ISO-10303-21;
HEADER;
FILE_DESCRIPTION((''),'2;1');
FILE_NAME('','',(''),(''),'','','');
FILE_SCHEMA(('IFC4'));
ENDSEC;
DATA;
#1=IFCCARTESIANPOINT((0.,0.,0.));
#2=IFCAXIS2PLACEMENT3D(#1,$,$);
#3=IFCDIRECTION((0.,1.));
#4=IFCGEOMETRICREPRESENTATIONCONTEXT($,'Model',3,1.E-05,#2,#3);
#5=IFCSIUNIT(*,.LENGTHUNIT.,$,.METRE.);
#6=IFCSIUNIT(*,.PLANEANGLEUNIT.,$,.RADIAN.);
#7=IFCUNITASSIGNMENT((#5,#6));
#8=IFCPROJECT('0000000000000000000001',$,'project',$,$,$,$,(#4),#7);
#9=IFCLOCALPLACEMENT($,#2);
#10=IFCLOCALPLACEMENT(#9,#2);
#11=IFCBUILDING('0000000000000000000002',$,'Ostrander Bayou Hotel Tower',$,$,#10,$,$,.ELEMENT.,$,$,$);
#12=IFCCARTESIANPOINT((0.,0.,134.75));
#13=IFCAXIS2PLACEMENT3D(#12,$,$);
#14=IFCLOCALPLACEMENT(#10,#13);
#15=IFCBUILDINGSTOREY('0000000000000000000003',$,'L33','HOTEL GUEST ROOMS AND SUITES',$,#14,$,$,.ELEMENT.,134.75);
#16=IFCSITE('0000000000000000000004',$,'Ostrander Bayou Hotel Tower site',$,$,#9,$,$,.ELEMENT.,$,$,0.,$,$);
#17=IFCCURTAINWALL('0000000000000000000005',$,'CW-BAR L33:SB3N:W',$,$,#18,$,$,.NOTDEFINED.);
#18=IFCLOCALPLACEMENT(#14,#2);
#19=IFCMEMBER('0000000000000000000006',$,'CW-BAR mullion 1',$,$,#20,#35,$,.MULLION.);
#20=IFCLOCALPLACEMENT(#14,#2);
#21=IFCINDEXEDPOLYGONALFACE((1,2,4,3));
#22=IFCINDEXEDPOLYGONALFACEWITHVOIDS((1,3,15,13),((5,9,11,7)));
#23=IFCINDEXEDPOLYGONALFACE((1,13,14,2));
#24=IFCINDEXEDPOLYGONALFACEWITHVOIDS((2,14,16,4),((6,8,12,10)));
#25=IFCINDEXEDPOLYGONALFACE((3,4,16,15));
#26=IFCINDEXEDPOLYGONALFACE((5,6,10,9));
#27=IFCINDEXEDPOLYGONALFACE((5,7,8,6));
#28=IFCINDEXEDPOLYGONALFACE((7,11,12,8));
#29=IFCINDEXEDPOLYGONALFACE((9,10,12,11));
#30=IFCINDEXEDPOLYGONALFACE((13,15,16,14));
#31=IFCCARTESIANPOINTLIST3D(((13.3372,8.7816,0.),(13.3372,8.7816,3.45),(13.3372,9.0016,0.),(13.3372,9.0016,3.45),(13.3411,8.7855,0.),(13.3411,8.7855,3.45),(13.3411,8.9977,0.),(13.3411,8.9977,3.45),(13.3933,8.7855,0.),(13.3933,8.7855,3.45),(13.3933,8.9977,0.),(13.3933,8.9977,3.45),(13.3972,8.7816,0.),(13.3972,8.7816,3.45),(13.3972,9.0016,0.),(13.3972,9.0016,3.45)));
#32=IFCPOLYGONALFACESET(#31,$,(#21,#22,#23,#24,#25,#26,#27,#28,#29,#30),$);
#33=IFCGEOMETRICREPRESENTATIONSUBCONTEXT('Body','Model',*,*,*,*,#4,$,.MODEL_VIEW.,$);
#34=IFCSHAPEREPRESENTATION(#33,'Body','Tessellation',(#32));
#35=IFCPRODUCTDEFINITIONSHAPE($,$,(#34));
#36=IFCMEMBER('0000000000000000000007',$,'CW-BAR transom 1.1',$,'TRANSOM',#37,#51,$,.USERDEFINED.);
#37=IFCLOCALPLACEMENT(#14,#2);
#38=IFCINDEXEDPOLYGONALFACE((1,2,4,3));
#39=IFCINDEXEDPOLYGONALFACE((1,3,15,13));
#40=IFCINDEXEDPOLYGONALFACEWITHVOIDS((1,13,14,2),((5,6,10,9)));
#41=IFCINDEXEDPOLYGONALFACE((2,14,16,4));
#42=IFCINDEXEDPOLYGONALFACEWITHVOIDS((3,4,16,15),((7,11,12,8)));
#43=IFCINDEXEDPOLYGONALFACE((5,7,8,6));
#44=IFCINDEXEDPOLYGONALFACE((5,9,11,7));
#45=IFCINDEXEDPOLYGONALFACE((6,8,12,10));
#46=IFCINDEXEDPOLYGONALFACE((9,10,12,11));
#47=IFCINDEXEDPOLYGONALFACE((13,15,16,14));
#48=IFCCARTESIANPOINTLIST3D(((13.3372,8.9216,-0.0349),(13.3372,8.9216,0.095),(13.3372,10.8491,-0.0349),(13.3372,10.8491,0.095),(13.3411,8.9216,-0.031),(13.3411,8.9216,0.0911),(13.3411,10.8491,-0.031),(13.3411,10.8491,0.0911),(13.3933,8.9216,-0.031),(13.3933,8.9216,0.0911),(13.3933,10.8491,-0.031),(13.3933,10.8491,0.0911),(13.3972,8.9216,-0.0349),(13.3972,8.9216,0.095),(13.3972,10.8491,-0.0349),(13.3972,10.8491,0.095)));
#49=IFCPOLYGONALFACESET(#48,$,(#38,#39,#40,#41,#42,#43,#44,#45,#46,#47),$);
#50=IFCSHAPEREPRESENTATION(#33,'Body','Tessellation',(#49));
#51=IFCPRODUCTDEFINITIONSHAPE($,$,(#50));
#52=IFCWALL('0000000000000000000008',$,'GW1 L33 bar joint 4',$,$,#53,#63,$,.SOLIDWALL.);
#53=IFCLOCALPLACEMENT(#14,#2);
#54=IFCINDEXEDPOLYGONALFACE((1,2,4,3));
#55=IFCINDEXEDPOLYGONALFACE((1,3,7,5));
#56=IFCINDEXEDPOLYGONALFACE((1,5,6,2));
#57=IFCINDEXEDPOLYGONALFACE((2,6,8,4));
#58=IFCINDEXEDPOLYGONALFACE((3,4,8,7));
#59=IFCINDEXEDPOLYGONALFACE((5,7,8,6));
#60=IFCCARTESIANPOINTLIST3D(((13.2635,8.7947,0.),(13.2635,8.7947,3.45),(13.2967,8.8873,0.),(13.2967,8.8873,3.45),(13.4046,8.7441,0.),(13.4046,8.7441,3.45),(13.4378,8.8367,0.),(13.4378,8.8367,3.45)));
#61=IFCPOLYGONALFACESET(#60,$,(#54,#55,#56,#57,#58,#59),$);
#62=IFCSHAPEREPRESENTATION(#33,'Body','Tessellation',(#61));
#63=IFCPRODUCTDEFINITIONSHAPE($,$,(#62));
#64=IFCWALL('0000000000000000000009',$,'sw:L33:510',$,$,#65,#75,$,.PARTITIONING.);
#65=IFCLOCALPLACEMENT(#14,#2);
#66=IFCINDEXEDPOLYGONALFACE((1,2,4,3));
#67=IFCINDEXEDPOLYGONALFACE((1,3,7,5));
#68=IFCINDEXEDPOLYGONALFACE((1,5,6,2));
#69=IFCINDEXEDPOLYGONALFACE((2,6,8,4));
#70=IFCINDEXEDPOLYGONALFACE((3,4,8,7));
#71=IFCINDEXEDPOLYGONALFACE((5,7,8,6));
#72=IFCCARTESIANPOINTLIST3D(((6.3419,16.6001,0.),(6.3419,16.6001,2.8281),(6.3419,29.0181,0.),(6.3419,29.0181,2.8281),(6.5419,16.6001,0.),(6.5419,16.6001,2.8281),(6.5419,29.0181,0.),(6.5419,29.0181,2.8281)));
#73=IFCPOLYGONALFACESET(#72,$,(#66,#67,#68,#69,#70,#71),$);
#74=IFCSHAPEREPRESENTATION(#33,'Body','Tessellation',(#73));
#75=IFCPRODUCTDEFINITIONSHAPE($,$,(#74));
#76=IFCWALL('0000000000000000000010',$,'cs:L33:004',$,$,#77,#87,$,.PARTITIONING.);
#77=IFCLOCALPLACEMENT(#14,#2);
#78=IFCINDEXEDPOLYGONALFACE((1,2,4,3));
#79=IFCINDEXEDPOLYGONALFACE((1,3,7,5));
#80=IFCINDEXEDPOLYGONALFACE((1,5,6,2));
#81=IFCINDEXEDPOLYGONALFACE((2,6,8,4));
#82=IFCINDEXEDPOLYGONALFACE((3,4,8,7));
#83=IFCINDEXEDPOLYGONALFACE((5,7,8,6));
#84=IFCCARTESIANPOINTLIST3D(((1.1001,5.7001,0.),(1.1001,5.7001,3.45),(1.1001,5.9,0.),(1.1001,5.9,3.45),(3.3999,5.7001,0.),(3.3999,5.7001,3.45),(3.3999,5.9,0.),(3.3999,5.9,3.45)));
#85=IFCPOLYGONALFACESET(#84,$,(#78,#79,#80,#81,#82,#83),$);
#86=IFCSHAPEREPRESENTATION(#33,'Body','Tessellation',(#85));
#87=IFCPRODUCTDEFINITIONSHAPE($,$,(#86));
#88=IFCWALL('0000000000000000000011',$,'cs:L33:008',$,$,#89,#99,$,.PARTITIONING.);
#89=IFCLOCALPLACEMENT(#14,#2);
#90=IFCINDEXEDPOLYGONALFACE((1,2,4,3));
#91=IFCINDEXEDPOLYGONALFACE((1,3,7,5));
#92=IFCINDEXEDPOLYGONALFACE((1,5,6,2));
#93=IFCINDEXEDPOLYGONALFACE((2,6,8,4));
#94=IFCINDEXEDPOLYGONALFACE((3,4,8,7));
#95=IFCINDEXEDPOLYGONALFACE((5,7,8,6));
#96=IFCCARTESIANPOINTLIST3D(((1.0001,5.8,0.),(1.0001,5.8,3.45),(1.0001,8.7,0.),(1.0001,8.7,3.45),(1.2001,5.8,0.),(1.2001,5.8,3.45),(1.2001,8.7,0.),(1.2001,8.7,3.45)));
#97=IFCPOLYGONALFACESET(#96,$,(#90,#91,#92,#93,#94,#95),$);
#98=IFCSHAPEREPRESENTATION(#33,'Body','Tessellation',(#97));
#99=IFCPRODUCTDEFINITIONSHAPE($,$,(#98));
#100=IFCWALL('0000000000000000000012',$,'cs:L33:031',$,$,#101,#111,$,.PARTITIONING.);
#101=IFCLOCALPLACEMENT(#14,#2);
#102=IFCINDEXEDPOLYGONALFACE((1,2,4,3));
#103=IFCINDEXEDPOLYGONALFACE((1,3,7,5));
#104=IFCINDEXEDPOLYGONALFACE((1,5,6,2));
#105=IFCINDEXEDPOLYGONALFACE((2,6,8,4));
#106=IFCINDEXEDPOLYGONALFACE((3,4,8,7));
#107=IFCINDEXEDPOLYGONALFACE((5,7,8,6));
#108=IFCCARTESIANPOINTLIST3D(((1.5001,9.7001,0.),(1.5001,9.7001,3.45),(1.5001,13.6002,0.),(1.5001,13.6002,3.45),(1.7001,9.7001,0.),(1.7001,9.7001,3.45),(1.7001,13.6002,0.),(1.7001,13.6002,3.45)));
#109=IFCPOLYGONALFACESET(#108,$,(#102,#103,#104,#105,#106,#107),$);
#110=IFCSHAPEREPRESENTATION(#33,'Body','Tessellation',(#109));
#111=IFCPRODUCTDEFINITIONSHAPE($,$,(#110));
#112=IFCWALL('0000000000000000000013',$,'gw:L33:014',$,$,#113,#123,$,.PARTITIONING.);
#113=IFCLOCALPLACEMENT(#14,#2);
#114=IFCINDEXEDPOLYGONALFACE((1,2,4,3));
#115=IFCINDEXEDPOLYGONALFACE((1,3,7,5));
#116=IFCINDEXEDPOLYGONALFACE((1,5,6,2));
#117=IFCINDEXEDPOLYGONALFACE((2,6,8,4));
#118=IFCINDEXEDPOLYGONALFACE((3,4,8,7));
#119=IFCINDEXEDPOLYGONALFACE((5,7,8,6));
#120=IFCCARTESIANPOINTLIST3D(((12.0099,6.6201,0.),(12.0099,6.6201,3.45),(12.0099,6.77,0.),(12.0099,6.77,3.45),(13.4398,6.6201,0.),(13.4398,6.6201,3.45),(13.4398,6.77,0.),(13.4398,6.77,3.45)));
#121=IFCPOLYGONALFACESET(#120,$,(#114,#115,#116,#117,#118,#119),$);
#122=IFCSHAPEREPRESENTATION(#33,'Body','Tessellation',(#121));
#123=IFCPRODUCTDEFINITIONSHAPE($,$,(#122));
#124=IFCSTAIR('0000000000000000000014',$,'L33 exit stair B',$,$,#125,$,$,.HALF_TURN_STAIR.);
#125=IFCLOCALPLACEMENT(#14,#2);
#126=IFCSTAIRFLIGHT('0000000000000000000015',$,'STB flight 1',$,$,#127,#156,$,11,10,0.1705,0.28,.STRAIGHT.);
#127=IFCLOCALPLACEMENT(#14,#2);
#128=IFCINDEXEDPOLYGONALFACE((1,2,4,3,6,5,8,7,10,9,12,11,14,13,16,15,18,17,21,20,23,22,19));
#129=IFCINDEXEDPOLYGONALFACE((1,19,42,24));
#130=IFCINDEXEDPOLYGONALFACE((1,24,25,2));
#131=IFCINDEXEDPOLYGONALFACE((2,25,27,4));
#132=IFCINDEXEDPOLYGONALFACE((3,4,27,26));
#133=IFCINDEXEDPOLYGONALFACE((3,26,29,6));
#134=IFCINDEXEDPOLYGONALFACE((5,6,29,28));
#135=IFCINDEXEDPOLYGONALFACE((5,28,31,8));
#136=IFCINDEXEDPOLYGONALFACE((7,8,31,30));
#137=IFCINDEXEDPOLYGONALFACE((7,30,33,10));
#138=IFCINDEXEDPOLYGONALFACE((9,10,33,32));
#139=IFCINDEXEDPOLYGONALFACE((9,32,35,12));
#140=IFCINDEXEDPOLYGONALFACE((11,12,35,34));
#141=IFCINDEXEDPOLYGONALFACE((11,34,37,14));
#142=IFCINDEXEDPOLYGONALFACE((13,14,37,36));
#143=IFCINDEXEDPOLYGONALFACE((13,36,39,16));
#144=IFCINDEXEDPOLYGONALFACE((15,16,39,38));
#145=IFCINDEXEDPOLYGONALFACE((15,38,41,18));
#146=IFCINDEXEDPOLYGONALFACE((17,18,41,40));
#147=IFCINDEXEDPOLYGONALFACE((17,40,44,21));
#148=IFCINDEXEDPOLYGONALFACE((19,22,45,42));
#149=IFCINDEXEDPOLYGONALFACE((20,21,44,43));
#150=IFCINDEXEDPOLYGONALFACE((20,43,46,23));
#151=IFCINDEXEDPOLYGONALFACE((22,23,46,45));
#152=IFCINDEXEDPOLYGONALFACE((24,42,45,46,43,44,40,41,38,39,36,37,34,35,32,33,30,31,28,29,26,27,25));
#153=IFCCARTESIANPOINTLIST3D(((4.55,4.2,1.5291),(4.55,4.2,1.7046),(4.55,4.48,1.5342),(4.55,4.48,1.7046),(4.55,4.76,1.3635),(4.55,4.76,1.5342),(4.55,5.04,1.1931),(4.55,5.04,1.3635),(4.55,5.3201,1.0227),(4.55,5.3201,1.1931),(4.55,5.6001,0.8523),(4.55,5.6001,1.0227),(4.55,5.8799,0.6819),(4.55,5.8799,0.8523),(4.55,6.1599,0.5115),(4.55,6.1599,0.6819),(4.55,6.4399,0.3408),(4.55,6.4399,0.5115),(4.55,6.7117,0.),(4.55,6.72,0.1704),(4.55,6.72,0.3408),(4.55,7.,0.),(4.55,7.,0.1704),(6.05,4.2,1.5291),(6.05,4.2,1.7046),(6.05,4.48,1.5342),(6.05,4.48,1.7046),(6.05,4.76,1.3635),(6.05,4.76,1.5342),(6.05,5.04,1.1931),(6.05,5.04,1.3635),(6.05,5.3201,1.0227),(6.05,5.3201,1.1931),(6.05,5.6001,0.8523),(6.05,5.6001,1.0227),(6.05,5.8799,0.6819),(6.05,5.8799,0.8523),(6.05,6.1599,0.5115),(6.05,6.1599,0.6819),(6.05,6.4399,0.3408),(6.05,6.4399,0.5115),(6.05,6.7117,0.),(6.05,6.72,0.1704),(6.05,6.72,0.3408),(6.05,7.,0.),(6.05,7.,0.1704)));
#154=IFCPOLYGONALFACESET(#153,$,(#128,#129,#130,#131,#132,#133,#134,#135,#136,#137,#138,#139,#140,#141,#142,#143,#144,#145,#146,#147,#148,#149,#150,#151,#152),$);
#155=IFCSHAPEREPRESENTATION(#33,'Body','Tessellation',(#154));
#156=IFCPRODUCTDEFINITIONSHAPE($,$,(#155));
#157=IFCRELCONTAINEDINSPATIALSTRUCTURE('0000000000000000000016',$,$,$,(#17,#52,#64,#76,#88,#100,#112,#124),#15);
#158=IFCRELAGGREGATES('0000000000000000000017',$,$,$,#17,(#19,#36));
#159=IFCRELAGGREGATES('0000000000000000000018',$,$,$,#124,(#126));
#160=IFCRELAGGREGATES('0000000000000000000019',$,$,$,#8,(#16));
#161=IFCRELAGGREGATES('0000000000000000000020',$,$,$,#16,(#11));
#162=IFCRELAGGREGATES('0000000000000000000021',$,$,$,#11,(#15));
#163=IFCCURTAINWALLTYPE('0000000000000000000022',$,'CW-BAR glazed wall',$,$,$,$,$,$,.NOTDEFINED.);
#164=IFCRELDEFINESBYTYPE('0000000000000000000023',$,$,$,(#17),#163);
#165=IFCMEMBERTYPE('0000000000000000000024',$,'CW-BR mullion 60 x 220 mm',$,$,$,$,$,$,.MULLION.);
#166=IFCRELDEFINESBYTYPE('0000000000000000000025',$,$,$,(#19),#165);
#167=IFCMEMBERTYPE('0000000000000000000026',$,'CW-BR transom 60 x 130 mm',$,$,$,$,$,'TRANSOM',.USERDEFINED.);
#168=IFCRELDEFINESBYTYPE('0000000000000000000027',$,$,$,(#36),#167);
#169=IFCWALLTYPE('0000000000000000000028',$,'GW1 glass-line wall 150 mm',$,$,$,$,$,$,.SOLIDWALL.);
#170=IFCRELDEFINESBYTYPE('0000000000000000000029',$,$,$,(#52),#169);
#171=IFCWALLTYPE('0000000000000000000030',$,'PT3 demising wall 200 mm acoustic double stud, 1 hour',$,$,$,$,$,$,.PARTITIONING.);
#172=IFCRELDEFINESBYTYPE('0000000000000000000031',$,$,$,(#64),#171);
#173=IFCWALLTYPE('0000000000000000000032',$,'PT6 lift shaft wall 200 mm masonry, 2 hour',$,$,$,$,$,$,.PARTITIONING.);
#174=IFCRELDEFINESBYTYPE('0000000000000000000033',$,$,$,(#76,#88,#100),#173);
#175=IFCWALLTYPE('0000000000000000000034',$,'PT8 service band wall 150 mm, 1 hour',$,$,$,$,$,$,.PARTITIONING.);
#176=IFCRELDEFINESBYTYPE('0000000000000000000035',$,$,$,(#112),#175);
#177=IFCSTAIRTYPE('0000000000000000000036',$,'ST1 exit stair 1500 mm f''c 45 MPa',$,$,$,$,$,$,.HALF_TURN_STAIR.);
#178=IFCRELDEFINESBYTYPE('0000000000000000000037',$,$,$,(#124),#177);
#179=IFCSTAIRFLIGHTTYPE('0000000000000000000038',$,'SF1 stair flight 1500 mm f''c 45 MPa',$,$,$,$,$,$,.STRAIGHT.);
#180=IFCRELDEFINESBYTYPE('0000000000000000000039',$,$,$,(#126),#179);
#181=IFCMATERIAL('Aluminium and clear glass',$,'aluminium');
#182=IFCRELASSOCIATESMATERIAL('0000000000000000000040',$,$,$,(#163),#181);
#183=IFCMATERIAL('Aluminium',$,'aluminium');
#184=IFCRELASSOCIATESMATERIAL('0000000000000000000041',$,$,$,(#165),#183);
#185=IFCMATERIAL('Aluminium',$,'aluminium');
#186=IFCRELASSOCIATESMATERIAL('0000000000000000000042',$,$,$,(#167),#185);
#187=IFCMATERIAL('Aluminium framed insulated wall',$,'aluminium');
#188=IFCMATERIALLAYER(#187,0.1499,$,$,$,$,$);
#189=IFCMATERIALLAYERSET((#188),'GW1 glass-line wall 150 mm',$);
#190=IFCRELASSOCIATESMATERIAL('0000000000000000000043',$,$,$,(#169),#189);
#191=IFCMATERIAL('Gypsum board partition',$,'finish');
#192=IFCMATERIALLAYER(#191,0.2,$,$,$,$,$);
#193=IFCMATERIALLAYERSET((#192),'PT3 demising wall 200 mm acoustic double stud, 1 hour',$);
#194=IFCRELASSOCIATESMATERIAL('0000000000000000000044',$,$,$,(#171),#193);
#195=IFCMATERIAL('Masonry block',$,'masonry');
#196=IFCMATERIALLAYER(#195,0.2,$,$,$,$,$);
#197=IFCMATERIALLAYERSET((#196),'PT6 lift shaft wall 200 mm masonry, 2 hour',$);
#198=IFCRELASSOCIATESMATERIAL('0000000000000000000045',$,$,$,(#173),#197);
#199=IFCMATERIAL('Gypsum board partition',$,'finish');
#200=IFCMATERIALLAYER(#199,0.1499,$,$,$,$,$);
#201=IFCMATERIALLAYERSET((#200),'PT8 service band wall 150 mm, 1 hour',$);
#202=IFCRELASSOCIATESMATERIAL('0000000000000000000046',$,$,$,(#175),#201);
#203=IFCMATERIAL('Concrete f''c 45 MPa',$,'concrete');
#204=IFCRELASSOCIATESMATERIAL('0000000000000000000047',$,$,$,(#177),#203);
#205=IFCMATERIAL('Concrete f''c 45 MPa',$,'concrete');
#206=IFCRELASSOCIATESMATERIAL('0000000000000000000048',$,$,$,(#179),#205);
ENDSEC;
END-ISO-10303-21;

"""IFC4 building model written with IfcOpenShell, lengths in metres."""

from ifc_helpers import new_model, si_unit, direction, frame, frame_2d, origin, origin_2d, place, context, subcontext, project, spatial, polyline, rectangle, hollow_rectangle, outline, extrude, material, layer, layer_set, material_profile, profile_set, type_object, element, aggregate, save


model = new_model("IFC4")

# Units and contexts
model_context = context("Model", 3, precision=1e-05, world=origin(), true_north=direction((0.0, 1.0)))
body_context = subcontext(model_context, "Body", "Model", "MODEL_VIEW")
ifc_project = project(units=[si_unit("LENGTHUNIT", "METRE"), si_unit("PLANEANGLEUNIT", "RADIAN")], contexts=[model_context])

# Site, building, storey
site_placement = place(None, origin())
site = spatial("IfcSite", under=ifc_project, at=site_placement, Name="Ostrander Bayou Hotel Tower site", CompositionType="ELEMENT", RefElevation=0.0)
building_placement = place(site_placement, origin())
building = spatial("IfcBuilding", under=site, at=building_placement, Name="Ostrander Bayou Hotel Tower", CompositionType="ELEMENT")
storey_placement = place(building_placement, frame((0.0, 0.0, 134.75)))
storey = spatial("IfcBuildingStorey", under=building, at=storey_placement, Name="L33", Description="HOTEL GUEST ROOMS AND SUITES", CompositionType="ELEMENT", Elevation=134.75)

# Curtain wall, members
ifc_material_1 = material(Name="Aluminium and clear glass", Category="aluminium")
curtain_wall_type = type_object("IfcCurtainWallType", Name="CW-BAR glazed wall", PredefinedType="NOTDEFINED", material=ifc_material_1)
curtain_wall_placement = place(storey_placement, origin())
curtain_wall = element("IfcCurtainWall", 1, at=curtain_wall_placement, inside=storey, type_object=curtain_wall_type, Name="CW-BAR L33:SB3N:W", PredefinedType="NOTDEFINED")
ifc_material_2 = material(Name="Aluminium", Category="aluminium")
ifc_material_profile_1 = material_profile(ifc_material_2, hollow_rectangle(XDim=0.0601, YDim=0.22, WallThickness=0.0039, at=origin_2d()))
ifc_profile_set_1 = profile_set([ifc_material_profile_1], Name="Aluminium")
member_type_1 = type_object("IfcMemberType", Name="CW-BR mullion 60 x 220 mm", PredefinedType="MULLION", material=ifc_profile_set_1)
member_1_placement = place(storey_placement, frame((13.3672, 8.8916, 0.0), z_axis=(0.0, 0.0, 1.0), x_axis=(-1.0, 0.0, 0.0)))
member_1 = element("IfcMember", 2, at=member_1_placement, type_object=member_type_1, Name="CW-BAR mullion 1", PredefinedType="MULLION", context=body_context, shape_type="SweptSolid", body=[
    extrude(hollow_rectangle(XDim=0.0601, YDim=0.22, WallThickness=0.0039, at=origin_2d()), origin(), (0.0, 0.0, 1.0), 3.45),
])
ifc_material_3 = material(Name="Aluminium", Category="aluminium")
ifc_material_profile_2 = material_profile(ifc_material_3, hollow_rectangle(XDim=0.0601, YDim=0.1299, WallThickness=0.0039, at=origin_2d()))
ifc_profile_set_2 = profile_set([ifc_material_profile_2], Name="Aluminium")
member_type_2 = type_object("IfcMemberType", Name="CW-BR transom 60 x 130 mm", ElementType="TRANSOM", PredefinedType="USERDEFINED", material=ifc_profile_set_2)
member_2_placement = place(storey_placement, frame((13.3672, 8.9216, 0.03), z_axis=(0.0, 1.0, 0.0), x_axis=(-1.0, 0.0, 0.0)))
member_2 = element("IfcMember", 3, at=member_2_placement, type_object=member_type_2, Name="CW-BAR transom 1.1", ObjectType="TRANSOM", PredefinedType="USERDEFINED", context=body_context, shape_type="SweptSolid", body=[
    extrude(hollow_rectangle(XDim=0.0601, YDim=0.1299, WallThickness=0.0039, at=origin_2d()), origin(), (0.0, 0.0, 1.0), 1.9275),
])
aggregate(curtain_wall, [member_1, member_2])

# Walls
ifc_material_4 = material(Name="Aluminium framed insulated wall", Category="aluminium")
ifc_layer_1 = layer(ifc_material_4, 0.1499)
ifc_layer_set_1 = layer_set([ifc_layer_1], Name="GW1 glass-line wall 150 mm")
wall_type_1 = type_object("IfcWallType", Name="GW1 glass-line wall 150 mm", PredefinedType="SOLIDWALL", material=ifc_layer_set_1)
wall_1_placement = place(storey_placement, frame((13.334, 8.7693, 0.0), z_axis=(0.0, 0.0, 1.0), x_axis=(0.337752, 0.941235, 0.0)))
element("IfcWall", 4, at=wall_1_placement, inside=storey, type_object=wall_type_1, Name="GW1 L33 bar joint 4", PredefinedType="SOLIDWALL", context=body_context, shape_type="SweptSolid", body=[
    extrude(rectangle(XDim=0.0984, YDim=0.1499, at=frame_2d((0.0493, 0.0))), origin(), (0.0, 0.0, 1.0), 3.45),
])
ifc_material_5 = material(Name="Gypsum board partition", Category="finish")
ifc_layer_2 = layer(ifc_material_5, 0.2)
ifc_layer_set_2 = layer_set([ifc_layer_2], Name="PT3 demising wall 200 mm acoustic double stud, 1 hour")
wall_type_2 = type_object("IfcWallType", Name="PT3 demising wall 200 mm acoustic double stud, 1 hour", PredefinedType="PARTITIONING", material=ifc_layer_set_2)
wall_2_placement = place(storey_placement, frame((6.4419, 16.6001, 0.0), z_axis=(0.0, 0.0, 1.0), x_axis=(0.0, 1.0, 0.0)))
element("IfcWall", 5, at=wall_2_placement, inside=storey, type_object=wall_type_2, Name="sw:L33:510", PredefinedType="PARTITIONING", context=body_context, shape_type="SweptSolid", body=[
    extrude(rectangle(XDim=12.418, YDim=0.2, at=frame_2d((6.209, 0.0))), origin(), (0.0, 0.0, 1.0), 2.8281),
])

# Walls
ifc_material_6 = material(Name="Masonry block", Category="masonry")
ifc_layer_3 = layer(ifc_material_6, 0.2)
ifc_layer_set_3 = layer_set([ifc_layer_3], Name="PT6 lift shaft wall 200 mm masonry, 2 hour")
wall_type_3 = type_object("IfcWallType", Name="PT6 lift shaft wall 200 mm masonry, 2 hour", PredefinedType="PARTITIONING", material=ifc_layer_set_3)
wall_3_placement = place(storey_placement, frame((1.1001, 5.8, 0.0), z_axis=(0.0, 0.0, 1.0), x_axis=(1.0, 0.0, 0.0)))
element("IfcWall", 6, at=wall_3_placement, inside=storey, type_object=wall_type_3, Name="cs:L33:004", PredefinedType="PARTITIONING", context=body_context, shape_type="SweptSolid", body=[
    extrude(rectangle(XDim=2.2998, YDim=0.2, at=frame_2d((1.1499, 0.0))), origin(), (0.0, 0.0, 1.0), 3.45),
])
wall_4_placement = place(storey_placement, frame((1.1001, 5.8, 0.0), z_axis=(0.0, 0.0, 1.0), x_axis=(0.0, 1.0, 0.0)))
element("IfcWall", 7, at=wall_4_placement, inside=storey, type_object=wall_type_3, Name="cs:L33:008", PredefinedType="PARTITIONING", context=body_context, shape_type="SweptSolid", body=[
    extrude(rectangle(XDim=2.8999, YDim=0.2, at=frame_2d((1.45, 0.0))), origin(), (0.0, 0.0, 1.0), 3.45),
])
wall_5_placement = place(storey_placement, frame((1.6001, 9.7, 0.0), z_axis=(0.0, 0.0, 1.0), x_axis=(0.0, 1.0, 0.0)))
element("IfcWall", 8, at=wall_5_placement, inside=storey, type_object=wall_type_3, Name="cs:L33:031", PredefinedType="PARTITIONING", context=body_context, shape_type="SweptSolid", body=[
    extrude(rectangle(XDim=3.9001, YDim=0.2, at=frame_2d((1.9502, 0.0))), origin(), (0.0, 0.0, 1.0), 3.45),
])
ifc_material_7 = material(Name="Gypsum board partition", Category="finish")
ifc_layer_4 = layer(ifc_material_7, 0.1499)
ifc_layer_set_4 = layer_set([ifc_layer_4], Name="PT8 service band wall 150 mm, 1 hour")
wall_type_4 = type_object("IfcWallType", Name="PT8 service band wall 150 mm, 1 hour", PredefinedType="PARTITIONING", material=ifc_layer_set_4)
wall_6_placement = place(storey_placement, frame((12.01, 6.6951, 0.0), z_axis=(0.0, 0.0, 1.0), x_axis=(1.0, 0.0, 0.0)))
element("IfcWall", 9, at=wall_6_placement, inside=storey, type_object=wall_type_4, Name="gw:L33:014", PredefinedType="PARTITIONING", context=body_context, shape_type="SweptSolid", body=[
    extrude(rectangle(XDim=1.4299, YDim=0.1499, at=frame_2d((0.7148, 0.0))), origin(), (0.0, 0.0, 1.0), 3.45),
])

# Stair, stair flight
ifc_material_8 = material(Name="Concrete f'c 45 MPa", Category="concrete")
stair_type = type_object("IfcStairType", Name="ST1 exit stair 1500 mm f'c 45 MPa", PredefinedType="HALF_TURN_STAIR", material=ifc_material_8)
stair_placement = place(storey_placement, origin())
stair = element("IfcStair", 10, at=stair_placement, inside=storey, type_object=stair_type, Name="L33 exit stair B", PredefinedType="HALF_TURN_STAIR")
ifc_material_9 = material(Name="Concrete f'c 45 MPa", Category="concrete")
stair_flight_type = type_object("IfcStairFlightType", Name="SF1 stair flight 1500 mm f'c 45 MPa", PredefinedType="STRAIGHT", material=ifc_material_9)
stair_flight_1_placement = place(storey_placement, frame((5.3, 7.0, 0.0), z_axis=(0.0, 0.0, 1.0), x_axis=(0.0, -1.0, 0.0)))
stair_flight_1 = element("IfcStairFlight", 11, at=stair_flight_1_placement, type_object=stair_flight_type, Name="STB flight 1", NumberOfRisers=11, NumberOfTreads=10, PredefinedType="STRAIGHT", RiserHeight=0.1705, TreadLength=0.28, context=body_context, shape_type="SweptSolid", body=[
    extrude(outline(polyline([(0.0, 0.0), (0.0, 0.1704), (0.28, 0.1704), (0.28, 0.3408), (0.5601, 0.3408), (0.5601, 0.5115), (0.8401, 0.5115), (0.8401, 0.6819), (1.1201, 0.6819), (1.1201, 0.8523), (1.3999, 0.8523), (1.3999, 1.0227), (1.6799, 1.0227), (1.6799, 1.1931), (1.96, 1.1931), (1.96, 1.3635), (2.24, 1.3635), (2.24, 1.5342), (2.52, 1.5342), (2.52, 1.7046), (2.8, 1.7046), (2.8, 1.875), (2.8, 1.5291), (0.2883, 0.0), (0.0, 0.0)])), frame((0.0, 0.75, 0.0), z_axis=(0.0, -1.0, 0.0), x_axis=(1.0, 0.0, 0.0)), (0.0, 0.0, 1.0), 1.5),
])
aggregate(stair, [stair_flight_1])

save(model, "model.ifc")
